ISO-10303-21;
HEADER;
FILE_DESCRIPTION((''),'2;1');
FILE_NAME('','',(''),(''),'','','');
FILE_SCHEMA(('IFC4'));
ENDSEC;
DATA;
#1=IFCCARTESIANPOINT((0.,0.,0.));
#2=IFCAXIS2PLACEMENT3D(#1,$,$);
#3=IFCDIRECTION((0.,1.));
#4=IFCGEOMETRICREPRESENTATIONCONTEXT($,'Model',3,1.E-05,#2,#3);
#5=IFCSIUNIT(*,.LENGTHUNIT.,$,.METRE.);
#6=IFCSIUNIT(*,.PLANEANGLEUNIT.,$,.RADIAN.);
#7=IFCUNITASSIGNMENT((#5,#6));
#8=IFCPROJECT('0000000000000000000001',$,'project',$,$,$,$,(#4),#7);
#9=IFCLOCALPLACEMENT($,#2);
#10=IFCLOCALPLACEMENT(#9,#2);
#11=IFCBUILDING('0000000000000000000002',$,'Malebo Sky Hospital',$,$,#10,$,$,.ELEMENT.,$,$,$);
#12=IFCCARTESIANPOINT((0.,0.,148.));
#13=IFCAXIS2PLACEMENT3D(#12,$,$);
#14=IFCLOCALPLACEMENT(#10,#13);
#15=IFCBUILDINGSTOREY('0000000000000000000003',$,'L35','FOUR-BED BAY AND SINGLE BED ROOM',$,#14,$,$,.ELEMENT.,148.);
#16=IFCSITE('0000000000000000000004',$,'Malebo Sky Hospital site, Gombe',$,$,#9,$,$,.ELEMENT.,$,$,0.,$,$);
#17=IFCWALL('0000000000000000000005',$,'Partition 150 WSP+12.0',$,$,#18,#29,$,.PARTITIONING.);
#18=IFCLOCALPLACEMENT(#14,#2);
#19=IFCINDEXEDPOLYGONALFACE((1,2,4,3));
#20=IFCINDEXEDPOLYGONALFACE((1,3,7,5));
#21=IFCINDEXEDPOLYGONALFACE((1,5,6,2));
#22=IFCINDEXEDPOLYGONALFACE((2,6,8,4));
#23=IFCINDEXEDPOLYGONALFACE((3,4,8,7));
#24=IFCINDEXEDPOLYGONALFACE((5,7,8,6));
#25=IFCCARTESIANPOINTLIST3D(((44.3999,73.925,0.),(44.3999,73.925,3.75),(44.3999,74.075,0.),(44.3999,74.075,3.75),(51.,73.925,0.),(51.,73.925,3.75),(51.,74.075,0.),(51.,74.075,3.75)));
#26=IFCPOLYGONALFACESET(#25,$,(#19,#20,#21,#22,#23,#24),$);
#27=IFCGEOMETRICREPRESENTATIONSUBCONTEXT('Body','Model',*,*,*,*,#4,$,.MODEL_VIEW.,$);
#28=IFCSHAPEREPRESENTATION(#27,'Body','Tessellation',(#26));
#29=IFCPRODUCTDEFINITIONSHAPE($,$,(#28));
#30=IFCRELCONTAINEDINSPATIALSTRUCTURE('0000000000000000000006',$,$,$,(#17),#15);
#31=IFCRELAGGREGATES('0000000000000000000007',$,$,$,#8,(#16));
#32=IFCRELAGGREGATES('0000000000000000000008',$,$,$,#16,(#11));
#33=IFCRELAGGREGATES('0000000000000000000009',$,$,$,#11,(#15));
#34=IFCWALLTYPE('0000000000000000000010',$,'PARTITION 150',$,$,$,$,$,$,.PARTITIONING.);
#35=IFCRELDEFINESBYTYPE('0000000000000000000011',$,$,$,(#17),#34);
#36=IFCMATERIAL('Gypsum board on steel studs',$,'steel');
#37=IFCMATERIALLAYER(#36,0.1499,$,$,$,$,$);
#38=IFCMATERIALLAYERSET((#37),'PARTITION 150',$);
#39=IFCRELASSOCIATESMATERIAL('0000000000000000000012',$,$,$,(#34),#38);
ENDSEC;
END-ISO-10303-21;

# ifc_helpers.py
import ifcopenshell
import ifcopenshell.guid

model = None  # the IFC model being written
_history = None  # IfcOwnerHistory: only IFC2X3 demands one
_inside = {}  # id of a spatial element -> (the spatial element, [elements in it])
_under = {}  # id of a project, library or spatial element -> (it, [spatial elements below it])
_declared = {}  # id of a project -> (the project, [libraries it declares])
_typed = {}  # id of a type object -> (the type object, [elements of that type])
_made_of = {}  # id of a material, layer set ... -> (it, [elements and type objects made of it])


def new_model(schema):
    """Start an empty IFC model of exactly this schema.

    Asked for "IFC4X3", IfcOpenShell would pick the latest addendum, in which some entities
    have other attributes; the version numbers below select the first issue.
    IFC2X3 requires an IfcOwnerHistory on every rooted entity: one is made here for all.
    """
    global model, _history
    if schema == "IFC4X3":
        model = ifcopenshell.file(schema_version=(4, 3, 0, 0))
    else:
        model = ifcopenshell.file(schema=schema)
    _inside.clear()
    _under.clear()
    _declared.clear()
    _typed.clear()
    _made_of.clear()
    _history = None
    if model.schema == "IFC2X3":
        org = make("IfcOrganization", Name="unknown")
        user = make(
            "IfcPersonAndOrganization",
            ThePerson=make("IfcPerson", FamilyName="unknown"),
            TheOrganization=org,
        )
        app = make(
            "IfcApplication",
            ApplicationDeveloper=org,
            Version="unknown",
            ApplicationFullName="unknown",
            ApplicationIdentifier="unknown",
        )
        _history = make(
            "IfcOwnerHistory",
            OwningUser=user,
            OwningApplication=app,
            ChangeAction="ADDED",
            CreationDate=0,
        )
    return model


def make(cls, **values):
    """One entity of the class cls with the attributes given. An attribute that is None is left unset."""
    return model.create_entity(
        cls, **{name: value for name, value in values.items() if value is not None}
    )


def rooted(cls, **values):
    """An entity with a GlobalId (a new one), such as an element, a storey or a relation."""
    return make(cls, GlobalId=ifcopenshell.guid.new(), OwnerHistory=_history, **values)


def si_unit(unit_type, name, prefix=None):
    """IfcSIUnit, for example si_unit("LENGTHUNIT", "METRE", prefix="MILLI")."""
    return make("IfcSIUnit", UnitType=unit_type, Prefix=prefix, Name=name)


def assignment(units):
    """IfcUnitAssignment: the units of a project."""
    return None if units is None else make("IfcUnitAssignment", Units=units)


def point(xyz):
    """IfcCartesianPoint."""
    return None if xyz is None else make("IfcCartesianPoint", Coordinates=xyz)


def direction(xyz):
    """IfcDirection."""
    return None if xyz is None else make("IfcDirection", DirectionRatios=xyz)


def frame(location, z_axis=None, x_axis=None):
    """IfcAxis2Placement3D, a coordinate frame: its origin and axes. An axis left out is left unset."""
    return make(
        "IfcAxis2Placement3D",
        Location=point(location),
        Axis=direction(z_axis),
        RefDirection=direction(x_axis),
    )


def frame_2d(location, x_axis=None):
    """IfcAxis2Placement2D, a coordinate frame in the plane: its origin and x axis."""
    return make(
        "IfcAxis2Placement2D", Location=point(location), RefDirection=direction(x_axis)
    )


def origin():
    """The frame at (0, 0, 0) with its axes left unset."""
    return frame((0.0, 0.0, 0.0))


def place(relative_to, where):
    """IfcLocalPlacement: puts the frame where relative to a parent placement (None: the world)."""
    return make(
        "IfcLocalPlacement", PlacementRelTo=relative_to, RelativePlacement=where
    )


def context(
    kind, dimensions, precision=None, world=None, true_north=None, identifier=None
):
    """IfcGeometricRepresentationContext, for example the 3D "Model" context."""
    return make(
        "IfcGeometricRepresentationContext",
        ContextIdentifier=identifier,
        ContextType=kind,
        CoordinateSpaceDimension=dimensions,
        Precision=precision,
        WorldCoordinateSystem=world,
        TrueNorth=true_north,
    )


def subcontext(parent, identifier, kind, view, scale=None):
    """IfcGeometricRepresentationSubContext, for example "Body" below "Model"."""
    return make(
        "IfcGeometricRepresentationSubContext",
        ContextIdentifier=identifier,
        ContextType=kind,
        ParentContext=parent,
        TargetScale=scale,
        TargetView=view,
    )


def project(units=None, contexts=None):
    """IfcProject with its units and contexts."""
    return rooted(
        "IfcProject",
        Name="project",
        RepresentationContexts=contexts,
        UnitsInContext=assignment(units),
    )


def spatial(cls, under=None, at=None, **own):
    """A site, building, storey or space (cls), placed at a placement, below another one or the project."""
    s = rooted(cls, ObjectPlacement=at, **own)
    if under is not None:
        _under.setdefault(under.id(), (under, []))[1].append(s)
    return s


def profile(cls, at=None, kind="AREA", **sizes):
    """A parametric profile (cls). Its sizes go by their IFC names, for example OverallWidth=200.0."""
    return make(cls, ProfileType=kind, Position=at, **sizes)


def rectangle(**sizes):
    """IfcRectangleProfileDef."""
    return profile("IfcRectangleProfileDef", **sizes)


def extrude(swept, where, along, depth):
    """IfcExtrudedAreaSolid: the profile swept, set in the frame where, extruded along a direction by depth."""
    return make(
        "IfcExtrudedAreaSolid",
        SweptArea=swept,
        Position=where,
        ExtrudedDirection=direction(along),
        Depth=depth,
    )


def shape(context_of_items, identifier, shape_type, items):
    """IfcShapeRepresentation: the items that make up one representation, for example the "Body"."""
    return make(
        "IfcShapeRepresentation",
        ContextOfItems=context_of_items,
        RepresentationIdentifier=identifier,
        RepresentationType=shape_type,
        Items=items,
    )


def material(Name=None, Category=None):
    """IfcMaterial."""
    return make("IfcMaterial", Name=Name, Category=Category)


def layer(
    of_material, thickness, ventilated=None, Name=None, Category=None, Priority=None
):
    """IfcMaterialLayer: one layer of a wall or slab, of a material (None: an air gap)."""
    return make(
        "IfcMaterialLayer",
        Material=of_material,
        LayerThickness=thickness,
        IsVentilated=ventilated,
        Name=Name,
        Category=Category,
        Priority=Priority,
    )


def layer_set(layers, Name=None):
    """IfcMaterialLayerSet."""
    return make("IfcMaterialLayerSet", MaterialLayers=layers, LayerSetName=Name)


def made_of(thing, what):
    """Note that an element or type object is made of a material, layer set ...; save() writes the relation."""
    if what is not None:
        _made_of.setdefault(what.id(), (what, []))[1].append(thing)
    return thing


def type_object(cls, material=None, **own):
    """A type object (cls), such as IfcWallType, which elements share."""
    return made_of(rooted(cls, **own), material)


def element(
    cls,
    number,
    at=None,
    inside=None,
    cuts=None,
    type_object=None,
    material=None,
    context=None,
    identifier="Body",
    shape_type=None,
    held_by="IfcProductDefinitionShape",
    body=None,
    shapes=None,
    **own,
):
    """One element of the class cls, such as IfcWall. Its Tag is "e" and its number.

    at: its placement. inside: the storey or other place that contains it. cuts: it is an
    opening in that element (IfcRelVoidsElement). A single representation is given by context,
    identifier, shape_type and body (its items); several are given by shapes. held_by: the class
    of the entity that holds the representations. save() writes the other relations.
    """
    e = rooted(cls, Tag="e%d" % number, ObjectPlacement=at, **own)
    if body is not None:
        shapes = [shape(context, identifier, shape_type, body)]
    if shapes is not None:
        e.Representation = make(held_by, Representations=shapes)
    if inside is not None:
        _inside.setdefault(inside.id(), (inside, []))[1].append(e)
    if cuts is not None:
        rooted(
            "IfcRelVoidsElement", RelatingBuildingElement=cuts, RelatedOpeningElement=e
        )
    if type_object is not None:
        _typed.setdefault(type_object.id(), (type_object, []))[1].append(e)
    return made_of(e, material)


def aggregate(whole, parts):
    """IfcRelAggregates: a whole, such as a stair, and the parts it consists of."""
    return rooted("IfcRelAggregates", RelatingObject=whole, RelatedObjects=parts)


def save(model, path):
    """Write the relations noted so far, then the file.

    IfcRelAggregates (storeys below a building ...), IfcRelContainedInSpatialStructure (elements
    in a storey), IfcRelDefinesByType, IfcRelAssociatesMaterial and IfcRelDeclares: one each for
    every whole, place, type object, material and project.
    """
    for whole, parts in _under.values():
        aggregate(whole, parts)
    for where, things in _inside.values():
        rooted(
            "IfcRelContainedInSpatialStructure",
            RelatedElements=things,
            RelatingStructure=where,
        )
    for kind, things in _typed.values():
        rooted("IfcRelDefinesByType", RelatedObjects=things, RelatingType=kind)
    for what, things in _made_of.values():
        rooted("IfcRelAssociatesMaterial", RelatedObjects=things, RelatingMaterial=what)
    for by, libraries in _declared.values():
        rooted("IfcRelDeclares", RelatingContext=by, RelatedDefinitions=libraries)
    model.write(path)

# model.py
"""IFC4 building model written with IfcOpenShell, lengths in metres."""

from ifc_helpers import new_model, si_unit, direction, frame, frame_2d, origin, place, context, subcontext, project, spatial, rectangle, extrude, material, layer, layer_set, type_object, element, save


model = new_model("IFC4")

# Units and contexts
model_context = context("Model", 3, precision=1e-05, world=origin(), true_north=direction((0.0, 1.0)))
body_context = subcontext(model_context, "Body", "Model", "MODEL_VIEW")
ifc_project = project(units=[si_unit("LENGTHUNIT", "METRE"), si_unit("PLANEANGLEUNIT", "RADIAN")], contexts=[model_context])

# Site, building, storey
site_placement = place(None, origin())
site = spatial("IfcSite", under=ifc_project, at=site_placement, Name="Malebo Sky Hospital site, Gombe", CompositionType="ELEMENT", RefElevation=0.0)
building_placement = place(site_placement, origin())
building = spatial("IfcBuilding", under=site, at=building_placement, Name="Malebo Sky Hospital", CompositionType="ELEMENT")
storey_placement = place(building_placement, frame((0.0, 0.0, 148.0)))
storey = spatial("IfcBuildingStorey", under=building, at=storey_placement, Name="L35", Description="FOUR-BED BAY AND SINGLE BED ROOM", CompositionType="ELEMENT", Elevation=148.0)

# Shared definitions
ifc_material_1 = material(Name="Gypsum board on steel studs", Category="steel")

# Shared definitions
ifc_layer_1 = layer(ifc_material_1, 0.1499)
ifc_layer_set_1 = layer_set([ifc_layer_1], Name="PARTITION 150")
wall_type_1 = type_object("IfcWallType", Name="PARTITION 150", PredefinedType="PARTITIONING", material=ifc_layer_set_1)

# Wall
wall_1_placement = place(storey_placement, frame((51.0, 74.0, 0.0), z_axis=(0.0, 0.0, 1.0), x_axis=(-1.0, 0.0, 0.0)))
element("IfcWall", 1, at=wall_1_placement, inside=storey, type_object=wall_type_1, Name="Partition 150 WSP+12.0", PredefinedType="PARTITIONING", context=body_context, shape_type="SweptSolid", body=[
    extrude(rectangle(XDim=6.6001, YDim=0.1499, at=frame_2d((3.3, 0.0))), origin(), (0.0, 0.0, 1.0), 3.75),
])

save(model, "model.ifc")
